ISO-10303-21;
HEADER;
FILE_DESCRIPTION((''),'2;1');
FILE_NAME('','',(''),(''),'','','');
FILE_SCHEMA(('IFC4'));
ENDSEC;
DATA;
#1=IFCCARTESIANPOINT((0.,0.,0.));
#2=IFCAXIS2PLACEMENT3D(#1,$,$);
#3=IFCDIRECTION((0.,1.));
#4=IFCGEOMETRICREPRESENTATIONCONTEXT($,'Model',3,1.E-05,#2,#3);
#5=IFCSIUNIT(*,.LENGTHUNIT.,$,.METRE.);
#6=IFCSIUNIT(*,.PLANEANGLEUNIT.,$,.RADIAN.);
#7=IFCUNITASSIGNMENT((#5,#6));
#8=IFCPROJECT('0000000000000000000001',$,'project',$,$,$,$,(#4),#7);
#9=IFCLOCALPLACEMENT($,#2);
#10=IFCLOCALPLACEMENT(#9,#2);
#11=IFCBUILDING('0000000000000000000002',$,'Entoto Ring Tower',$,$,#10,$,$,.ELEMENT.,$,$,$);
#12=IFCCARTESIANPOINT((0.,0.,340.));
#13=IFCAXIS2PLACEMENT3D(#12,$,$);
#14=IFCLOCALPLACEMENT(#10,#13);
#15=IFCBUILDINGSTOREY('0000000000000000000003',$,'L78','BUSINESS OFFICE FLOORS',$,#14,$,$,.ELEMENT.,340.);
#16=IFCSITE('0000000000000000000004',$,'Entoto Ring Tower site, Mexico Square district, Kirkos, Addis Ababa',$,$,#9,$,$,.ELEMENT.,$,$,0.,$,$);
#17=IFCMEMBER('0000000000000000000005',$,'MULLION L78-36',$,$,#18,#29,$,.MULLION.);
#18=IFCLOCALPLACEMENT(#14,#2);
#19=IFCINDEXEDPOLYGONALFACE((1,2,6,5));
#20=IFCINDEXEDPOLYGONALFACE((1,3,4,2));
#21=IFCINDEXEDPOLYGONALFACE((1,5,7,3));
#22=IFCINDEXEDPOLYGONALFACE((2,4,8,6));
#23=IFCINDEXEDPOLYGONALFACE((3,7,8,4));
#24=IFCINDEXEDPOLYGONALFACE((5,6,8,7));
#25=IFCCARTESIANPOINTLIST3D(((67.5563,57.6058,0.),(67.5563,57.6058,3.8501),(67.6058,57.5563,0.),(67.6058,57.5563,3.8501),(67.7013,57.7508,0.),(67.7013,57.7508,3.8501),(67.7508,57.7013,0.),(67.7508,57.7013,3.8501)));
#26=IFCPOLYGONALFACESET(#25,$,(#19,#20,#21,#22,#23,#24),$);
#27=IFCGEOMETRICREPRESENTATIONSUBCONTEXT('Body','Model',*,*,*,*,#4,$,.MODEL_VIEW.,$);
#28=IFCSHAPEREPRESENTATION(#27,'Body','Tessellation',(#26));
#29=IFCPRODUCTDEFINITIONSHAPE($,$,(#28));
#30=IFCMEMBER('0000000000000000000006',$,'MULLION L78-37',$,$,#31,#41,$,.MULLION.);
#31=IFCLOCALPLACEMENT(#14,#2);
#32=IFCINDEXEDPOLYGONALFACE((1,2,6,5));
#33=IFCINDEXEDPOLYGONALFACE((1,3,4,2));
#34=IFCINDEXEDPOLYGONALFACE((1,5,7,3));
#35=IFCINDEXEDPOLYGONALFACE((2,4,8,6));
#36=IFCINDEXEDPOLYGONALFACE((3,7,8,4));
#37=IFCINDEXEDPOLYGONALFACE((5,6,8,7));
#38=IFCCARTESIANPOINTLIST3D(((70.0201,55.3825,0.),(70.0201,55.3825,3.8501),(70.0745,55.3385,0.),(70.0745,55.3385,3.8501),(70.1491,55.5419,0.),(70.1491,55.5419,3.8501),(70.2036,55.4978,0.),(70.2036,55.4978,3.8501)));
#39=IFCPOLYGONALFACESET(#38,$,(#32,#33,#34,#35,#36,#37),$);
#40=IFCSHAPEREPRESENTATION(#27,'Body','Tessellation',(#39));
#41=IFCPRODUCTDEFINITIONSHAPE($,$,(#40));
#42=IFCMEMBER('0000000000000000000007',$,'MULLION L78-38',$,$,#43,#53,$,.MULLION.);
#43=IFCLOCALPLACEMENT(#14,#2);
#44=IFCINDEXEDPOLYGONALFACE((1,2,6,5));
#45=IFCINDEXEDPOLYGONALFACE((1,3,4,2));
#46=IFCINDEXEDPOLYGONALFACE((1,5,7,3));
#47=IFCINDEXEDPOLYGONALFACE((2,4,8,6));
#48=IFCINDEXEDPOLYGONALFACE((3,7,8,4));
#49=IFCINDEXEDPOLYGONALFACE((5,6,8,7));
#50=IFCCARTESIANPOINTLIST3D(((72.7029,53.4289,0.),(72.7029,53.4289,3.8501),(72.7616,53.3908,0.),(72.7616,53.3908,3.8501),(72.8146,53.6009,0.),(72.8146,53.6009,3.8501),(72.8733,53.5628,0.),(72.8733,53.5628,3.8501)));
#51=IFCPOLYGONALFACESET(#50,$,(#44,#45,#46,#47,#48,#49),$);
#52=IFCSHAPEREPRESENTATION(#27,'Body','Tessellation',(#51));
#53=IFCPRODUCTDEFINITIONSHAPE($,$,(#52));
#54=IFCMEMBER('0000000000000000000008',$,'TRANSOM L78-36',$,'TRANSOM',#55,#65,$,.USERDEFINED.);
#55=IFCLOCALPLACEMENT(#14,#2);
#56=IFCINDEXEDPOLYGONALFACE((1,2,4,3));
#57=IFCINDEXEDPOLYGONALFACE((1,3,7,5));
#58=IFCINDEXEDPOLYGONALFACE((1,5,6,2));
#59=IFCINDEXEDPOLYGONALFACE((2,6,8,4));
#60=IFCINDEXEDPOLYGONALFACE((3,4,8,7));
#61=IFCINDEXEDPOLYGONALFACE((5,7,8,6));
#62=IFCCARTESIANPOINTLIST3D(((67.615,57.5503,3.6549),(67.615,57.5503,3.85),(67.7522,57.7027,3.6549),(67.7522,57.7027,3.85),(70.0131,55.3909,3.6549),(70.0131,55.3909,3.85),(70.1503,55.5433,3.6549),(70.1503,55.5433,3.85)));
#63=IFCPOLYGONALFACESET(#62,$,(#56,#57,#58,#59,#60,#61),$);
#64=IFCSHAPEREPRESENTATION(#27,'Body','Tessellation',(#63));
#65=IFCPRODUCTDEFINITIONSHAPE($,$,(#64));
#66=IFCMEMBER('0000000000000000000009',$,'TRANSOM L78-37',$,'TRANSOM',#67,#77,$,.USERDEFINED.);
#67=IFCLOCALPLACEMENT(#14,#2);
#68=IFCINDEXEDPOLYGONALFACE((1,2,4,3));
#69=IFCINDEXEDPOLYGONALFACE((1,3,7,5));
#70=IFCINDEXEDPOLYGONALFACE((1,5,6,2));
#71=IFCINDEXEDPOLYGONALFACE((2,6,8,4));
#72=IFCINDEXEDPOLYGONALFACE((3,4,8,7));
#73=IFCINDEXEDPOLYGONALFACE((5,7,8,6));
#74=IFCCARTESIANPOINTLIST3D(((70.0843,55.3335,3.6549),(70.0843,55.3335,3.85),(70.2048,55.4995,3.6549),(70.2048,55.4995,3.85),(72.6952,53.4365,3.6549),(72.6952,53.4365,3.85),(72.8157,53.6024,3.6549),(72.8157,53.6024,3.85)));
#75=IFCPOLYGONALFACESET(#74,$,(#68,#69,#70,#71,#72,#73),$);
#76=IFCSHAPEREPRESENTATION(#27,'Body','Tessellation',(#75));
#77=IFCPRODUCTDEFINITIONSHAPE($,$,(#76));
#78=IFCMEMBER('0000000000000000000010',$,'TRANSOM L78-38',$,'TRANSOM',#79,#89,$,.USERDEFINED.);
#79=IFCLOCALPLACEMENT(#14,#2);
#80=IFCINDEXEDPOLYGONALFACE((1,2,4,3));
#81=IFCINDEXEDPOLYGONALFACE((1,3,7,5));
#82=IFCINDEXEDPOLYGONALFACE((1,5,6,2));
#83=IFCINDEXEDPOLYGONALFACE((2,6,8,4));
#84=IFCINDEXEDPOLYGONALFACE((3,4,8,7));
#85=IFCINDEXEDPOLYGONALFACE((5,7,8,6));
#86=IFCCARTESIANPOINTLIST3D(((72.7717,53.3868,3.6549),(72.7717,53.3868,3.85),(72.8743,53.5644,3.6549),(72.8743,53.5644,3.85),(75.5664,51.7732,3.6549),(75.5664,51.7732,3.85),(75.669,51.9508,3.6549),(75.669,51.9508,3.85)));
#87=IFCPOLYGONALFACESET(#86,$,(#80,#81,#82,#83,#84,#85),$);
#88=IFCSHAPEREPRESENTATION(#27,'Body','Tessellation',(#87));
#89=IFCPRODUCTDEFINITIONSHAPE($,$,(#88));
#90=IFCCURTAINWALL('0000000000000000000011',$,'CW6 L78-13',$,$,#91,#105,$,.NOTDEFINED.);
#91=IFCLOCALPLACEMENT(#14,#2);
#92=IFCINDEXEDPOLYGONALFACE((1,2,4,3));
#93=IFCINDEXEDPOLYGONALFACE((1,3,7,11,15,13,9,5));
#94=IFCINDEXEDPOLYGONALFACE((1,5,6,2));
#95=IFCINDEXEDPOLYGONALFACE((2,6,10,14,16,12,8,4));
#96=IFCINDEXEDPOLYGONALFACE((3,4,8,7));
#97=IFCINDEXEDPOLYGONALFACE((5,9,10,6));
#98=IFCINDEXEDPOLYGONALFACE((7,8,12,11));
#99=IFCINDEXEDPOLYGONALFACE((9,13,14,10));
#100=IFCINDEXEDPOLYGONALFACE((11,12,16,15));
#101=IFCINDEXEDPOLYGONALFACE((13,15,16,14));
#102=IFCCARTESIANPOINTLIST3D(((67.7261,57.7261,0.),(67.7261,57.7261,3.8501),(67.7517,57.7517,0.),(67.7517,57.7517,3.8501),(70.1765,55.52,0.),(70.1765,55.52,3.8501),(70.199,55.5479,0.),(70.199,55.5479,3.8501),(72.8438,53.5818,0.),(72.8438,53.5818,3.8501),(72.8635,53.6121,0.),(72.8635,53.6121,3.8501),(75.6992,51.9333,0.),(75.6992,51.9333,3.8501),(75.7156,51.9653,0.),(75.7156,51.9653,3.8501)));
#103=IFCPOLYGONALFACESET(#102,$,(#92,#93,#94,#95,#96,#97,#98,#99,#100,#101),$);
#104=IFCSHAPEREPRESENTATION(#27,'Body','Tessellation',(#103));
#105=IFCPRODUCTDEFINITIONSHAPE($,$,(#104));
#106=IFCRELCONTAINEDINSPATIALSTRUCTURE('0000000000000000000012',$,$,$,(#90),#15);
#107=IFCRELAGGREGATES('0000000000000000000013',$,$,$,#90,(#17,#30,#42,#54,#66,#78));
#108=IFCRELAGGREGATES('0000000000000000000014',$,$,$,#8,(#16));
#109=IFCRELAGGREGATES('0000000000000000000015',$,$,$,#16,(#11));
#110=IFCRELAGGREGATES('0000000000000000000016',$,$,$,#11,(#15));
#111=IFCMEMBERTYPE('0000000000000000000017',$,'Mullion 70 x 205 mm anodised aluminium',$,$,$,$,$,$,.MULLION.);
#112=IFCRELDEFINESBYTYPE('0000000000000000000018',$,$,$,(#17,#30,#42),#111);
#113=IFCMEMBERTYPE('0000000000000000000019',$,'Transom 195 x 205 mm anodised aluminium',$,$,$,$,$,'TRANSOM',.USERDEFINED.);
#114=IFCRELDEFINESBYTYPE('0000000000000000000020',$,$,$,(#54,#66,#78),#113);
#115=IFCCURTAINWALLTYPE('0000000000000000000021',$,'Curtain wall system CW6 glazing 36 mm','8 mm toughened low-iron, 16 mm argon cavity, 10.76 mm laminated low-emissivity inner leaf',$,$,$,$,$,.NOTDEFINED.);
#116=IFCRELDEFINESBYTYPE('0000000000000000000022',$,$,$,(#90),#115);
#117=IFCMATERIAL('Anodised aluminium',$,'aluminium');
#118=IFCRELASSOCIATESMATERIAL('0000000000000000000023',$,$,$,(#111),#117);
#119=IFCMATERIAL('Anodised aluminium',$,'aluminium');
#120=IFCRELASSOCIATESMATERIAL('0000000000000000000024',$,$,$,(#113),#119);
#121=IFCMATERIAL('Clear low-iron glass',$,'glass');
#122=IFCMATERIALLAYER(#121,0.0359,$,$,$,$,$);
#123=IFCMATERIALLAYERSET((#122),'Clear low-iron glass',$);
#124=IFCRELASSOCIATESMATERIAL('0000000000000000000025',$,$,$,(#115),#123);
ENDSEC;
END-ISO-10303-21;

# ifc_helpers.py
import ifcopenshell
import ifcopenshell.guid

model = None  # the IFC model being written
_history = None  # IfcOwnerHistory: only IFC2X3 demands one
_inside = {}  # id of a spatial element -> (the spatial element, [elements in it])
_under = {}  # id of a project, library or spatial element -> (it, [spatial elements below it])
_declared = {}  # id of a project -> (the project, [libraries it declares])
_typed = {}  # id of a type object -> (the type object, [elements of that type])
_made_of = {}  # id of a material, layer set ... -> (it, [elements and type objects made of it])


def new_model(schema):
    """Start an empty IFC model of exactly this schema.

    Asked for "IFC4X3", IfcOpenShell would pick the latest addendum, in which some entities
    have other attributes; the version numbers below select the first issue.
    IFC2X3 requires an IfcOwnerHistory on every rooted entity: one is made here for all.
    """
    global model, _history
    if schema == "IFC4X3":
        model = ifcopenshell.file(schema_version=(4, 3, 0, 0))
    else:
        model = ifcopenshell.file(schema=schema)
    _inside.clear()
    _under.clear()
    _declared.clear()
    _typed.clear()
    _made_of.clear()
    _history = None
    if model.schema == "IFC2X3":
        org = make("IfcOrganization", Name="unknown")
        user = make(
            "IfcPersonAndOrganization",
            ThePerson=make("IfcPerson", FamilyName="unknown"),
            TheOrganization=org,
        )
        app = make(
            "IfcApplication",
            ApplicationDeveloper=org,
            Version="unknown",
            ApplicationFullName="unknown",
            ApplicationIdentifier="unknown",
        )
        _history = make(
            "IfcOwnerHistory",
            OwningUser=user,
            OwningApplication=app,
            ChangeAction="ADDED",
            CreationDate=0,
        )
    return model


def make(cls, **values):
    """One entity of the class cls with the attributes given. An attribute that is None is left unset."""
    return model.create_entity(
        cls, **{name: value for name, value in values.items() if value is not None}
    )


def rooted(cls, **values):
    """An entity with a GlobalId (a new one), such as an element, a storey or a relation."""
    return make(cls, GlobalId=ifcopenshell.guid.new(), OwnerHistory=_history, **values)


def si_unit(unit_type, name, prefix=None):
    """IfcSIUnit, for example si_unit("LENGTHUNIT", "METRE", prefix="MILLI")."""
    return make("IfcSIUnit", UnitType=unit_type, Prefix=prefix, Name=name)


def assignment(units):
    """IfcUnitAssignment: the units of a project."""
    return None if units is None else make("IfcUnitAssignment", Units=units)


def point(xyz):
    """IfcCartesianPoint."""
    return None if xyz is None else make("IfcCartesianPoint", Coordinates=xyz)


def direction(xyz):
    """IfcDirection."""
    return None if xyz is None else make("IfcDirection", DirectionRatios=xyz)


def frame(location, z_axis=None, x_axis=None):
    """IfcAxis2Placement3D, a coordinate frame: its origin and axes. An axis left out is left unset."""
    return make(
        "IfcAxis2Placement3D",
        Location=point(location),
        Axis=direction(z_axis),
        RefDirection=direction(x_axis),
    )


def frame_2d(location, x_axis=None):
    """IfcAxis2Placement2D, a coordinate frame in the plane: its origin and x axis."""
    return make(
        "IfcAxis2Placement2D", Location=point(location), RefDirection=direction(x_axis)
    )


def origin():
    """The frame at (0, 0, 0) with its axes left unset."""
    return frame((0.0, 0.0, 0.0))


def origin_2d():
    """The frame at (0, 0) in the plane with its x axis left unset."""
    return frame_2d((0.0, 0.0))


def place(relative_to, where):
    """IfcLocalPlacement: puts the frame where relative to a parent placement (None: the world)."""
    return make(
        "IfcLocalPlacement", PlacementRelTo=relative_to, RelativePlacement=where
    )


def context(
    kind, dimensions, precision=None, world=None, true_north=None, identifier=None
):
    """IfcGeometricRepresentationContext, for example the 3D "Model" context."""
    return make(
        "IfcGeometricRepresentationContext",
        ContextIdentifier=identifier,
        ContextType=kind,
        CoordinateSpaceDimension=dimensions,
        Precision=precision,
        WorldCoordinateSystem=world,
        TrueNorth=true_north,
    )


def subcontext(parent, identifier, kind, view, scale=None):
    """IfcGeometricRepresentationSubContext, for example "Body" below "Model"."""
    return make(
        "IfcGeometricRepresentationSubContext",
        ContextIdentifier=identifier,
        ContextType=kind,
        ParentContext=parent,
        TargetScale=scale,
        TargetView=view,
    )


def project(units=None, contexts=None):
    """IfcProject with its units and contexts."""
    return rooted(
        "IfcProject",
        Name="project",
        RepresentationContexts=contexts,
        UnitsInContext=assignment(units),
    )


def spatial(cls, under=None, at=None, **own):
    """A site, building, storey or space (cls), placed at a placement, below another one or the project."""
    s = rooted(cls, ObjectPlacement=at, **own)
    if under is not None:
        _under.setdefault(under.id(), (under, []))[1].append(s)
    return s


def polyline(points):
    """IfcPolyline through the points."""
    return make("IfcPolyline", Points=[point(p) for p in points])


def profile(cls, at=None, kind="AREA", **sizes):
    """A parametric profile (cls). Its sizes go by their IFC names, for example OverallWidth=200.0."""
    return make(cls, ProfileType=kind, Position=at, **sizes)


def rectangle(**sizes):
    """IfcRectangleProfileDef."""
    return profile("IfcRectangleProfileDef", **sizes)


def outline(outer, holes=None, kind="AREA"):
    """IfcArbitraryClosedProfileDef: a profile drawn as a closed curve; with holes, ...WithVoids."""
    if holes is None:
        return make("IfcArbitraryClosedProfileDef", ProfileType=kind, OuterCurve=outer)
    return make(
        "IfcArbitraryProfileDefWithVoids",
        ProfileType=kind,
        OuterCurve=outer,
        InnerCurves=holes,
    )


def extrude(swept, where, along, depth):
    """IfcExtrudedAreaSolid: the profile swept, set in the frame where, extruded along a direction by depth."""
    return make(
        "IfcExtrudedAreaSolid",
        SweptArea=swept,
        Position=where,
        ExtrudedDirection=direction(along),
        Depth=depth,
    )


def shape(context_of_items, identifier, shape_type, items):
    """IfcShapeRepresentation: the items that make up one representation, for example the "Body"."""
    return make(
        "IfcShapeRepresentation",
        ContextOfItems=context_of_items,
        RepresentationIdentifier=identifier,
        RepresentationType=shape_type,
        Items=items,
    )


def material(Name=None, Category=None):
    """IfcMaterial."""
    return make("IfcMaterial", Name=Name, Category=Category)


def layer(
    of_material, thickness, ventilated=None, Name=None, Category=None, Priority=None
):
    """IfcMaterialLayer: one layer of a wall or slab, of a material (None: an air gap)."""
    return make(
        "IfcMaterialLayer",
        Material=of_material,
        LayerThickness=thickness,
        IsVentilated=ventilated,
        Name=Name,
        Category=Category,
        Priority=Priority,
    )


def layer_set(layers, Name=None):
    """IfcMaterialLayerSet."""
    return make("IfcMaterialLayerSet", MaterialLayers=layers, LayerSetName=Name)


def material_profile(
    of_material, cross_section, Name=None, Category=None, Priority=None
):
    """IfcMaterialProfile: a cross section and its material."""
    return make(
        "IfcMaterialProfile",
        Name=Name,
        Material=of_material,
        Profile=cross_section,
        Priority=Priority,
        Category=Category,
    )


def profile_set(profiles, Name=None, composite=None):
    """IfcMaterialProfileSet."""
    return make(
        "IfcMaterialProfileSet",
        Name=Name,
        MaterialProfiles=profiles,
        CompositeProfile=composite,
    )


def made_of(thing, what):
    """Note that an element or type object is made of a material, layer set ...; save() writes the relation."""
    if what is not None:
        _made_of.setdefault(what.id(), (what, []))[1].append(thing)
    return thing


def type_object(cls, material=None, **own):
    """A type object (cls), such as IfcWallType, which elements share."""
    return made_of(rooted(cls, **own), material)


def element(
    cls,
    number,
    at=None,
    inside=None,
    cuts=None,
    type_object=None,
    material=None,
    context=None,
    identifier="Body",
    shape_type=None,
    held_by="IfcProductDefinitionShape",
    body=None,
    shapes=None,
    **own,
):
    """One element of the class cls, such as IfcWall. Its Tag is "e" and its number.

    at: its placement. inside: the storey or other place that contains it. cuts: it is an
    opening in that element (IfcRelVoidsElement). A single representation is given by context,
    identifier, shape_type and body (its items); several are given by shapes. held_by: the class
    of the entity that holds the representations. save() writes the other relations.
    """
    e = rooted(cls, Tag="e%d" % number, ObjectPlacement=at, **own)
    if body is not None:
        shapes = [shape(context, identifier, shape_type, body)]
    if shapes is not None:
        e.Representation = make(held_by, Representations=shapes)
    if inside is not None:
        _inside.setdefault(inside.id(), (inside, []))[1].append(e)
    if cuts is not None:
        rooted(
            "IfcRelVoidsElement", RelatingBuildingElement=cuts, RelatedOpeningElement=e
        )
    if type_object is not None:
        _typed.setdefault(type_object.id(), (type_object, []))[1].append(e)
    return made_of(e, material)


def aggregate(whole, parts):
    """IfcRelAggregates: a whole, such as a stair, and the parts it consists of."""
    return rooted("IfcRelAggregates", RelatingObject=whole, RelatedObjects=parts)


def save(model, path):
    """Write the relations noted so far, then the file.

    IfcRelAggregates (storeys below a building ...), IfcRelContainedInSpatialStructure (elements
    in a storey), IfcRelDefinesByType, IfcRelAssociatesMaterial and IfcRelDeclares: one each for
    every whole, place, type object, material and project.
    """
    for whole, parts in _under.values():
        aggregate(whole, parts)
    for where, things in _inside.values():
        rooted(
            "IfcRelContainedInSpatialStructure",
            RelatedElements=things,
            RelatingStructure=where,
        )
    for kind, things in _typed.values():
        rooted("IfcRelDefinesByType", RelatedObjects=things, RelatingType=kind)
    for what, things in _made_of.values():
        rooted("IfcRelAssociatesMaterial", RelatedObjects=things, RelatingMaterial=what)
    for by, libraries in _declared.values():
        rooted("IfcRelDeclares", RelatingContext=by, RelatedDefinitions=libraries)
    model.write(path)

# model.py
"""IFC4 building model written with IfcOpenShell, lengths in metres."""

from ifc_helpers import new_model, si_unit, direction, frame, origin, origin_2d, place, context, subcontext, project, spatial, polyline, rectangle, outline, extrude, material, layer, layer_set, material_profile, profile_set, type_object, element, aggregate, save


model = new_model("IFC4")

# Units and contexts
model_context = context("Model", 3, precision=1e-05, world=origin(), true_north=direction((0.0, 1.0)))
body_context = subcontext(model_context, "Body", "Model", "MODEL_VIEW")
ifc_project = project(units=[si_unit("LENGTHUNIT", "METRE"), si_unit("PLANEANGLEUNIT", "RADIAN")], contexts=[model_context])

# Members
ifc_material_1 = material(Name="Anodised aluminium", Category="aluminium")
ifc_material_profile_1 = material_profile(ifc_material_1, rectangle(XDim=0.0701, YDim=0.2051, at=origin_2d()), Name="Mullion 70 x 205 mm anodised aluminium")
ifc_profile_set_1 = profile_set([ifc_material_profile_1], Name="Anodised aluminium")
member_type_1 = type_object("IfcMemberType", Name="Mullion 70 x 205 mm anodised aluminium", PredefinedType="MULLION", material=ifc_profile_set_1)
site_placement = place(None, origin())
building_placement = place(site_placement, origin())
storey_placement = place(building_placement, frame((0.0, 0.0, 340.0)))
member_1_placement = place(storey_placement, frame((67.6536, 57.6536, 0.0), z_axis=(0.0, 0.0, 1.0), x_axis=(0.707107, -0.707107, 0.0)))
member_1 = element("IfcMember", 1, at=member_1_placement, type_object=member_type_1, Name="MULLION L78-36", PredefinedType="MULLION", context=body_context, shape_type="SweptSolid", body=[
    extrude(rectangle(XDim=0.0701, YDim=0.2051, at=origin_2d()), origin(), (0.0, 0.0, 1.0), 3.8501),
])
member_2_placement = place(storey_placement, frame((70.1118, 55.4402, 0.0), z_axis=(0.0, 0.0, 1.0), x_axis=(0.777146, -0.62932, 0.0)))
member_2 = element("IfcMember", 2, at=member_2_placement, type_object=member_type_1, Name="MULLION L78-37", PredefinedType="MULLION", context=body_context, shape_type="SweptSolid", body=[
    extrude(rectangle(XDim=0.0701, YDim=0.2051, at=origin_2d()), origin(), (0.0, 0.0, 1.0), 3.8501),
])
member_3_placement = place(storey_placement, frame((72.7881, 53.4958, 0.0), z_axis=(0.0, 0.0, 1.0), x_axis=(0.838671, -0.544639, 0.0)))
member_3 = element("IfcMember", 3, at=member_3_placement, type_object=member_type_1, Name="MULLION L78-38", PredefinedType="MULLION", context=body_context, shape_type="SweptSolid", body=[
    extrude(rectangle(XDim=0.0701, YDim=0.2051, at=origin_2d()), origin(), (0.0, 0.0, 1.0), 3.8501),
])
ifc_material_2 = material(Name="Anodised aluminium", Category="aluminium")
ifc_material_profile_2 = material_profile(ifc_material_2, rectangle(XDim=0.2051, YDim=0.1951, at=origin_2d()), Name="Transom 195 x 205 mm anodised aluminium")
ifc_profile_set_2 = profile_set([ifc_material_profile_2], Name="Anodised aluminium")
member_type_2 = type_object("IfcMemberType", Name="Transom 195 x 205 mm anodised aluminium", ElementType="TRANSOM", PredefinedType="USERDEFINED", material=ifc_profile_set_2)
member_4_placement = place(storey_placement, frame((67.6836, 57.6265, 3.7524), z_axis=(0.743132, -0.669144, 0.0), x_axis=(0.669144, 0.743132, 0.0)))
member_4 = element("IfcMember", 4, at=member_4_placement, type_object=member_type_2, Name="TRANSOM L78-36", ObjectType="TRANSOM", PredefinedType="USERDEFINED", context=body_context, shape_type="SweptSolid", body=[
    extrude(rectangle(XDim=0.2051, YDim=0.1951, at=origin_2d()), origin(), (0.0, 0.0, 1.0), 3.2271),
])
member_5_placement = place(storey_placement, frame((70.1445, 55.4165, 3.7524), z_axis=(0.809004, -0.587803, 0.0), x_axis=(0.587803, 0.809004, 0.0)))
member_5 = element("IfcMember", 5, at=member_5_placement, type_object=member_type_2, Name="TRANSOM L78-37", ObjectType="TRANSOM", PredefinedType="USERDEFINED", context=body_context, shape_type="SweptSolid", body=[
    extrude(rectangle(XDim=0.2051, YDim=0.1951, at=origin_2d()), origin(), (0.0, 0.0, 1.0), 3.2273),
])
member_6_placement = place(storey_placement, frame((72.823, 53.4756, 3.7524), z_axis=(0.866023, -0.500004, 0.0), x_axis=(0.500004, 0.866023, 0.0)))
member_6 = element("IfcMember", 6, at=member_6_placement, type_object=member_type_2, Name="TRANSOM L78-38", ObjectType="TRANSOM", PredefinedType="USERDEFINED", context=body_context, shape_type="SweptSolid", body=[
    extrude(rectangle(XDim=0.2051, YDim=0.1951, at=origin_2d()), origin(), (0.0, 0.0, 1.0), 3.2271),
])

# Site, building, storey
site = spatial("IfcSite", under=ifc_project, at=site_placement, Name="Entoto Ring Tower site, Mexico Square district, Kirkos, Addis Ababa", CompositionType="ELEMENT", RefElevation=0.0)
building = spatial("IfcBuilding", under=site, at=building_placement, Name="Entoto Ring Tower", CompositionType="ELEMENT")
storey = spatial("IfcBuildingStorey", under=building, at=storey_placement, Name="L78", Description="BUSINESS OFFICE FLOORS", CompositionType="ELEMENT", Elevation=340.0)

# Curtain wall
ifc_material_3 = material(Name="Clear low-iron glass", Category="glass")
ifc_layer = layer(ifc_material_3, 0.0359)
ifc_layer_set = layer_set([ifc_layer], Name="Clear low-iron glass")
curtain_wall_type = type_object("IfcCurtainWallType", Name="Curtain wall system CW6 glazing 36 mm", Description="8 mm toughened low-iron, 16 mm argon cavity, 10.76 mm laminated low-emissivity inner leaf", PredefinedType="NOTDEFINED", material=ifc_layer_set)
curtain_wall_1_placement = place(storey_placement, origin())
curtain_wall_1 = element("IfcCurtainWall", 7, at=curtain_wall_1_placement, inside=storey, type_object=curtain_wall_type, Name="CW6 L78-13", PredefinedType="NOTDEFINED", context=body_context, shape_type="SweptSolid", body=[
    extrude(outline(polyline([(67.7261, 57.7261), (70.1765, 55.52), (72.8438, 53.5818), (75.6992, 51.9333), (75.7156, 51.9653), (72.8635, 53.6121), (70.199, 55.5479), (67.7517, 57.7517), (67.7261, 57.7261)])), origin(), (0.0, 0.0, 1.0), 3.8501),
])
aggregate(curtain_wall_1, [member_1, member_2, member_3, member_4, member_5, member_6])

save(model, "model.ifc")
